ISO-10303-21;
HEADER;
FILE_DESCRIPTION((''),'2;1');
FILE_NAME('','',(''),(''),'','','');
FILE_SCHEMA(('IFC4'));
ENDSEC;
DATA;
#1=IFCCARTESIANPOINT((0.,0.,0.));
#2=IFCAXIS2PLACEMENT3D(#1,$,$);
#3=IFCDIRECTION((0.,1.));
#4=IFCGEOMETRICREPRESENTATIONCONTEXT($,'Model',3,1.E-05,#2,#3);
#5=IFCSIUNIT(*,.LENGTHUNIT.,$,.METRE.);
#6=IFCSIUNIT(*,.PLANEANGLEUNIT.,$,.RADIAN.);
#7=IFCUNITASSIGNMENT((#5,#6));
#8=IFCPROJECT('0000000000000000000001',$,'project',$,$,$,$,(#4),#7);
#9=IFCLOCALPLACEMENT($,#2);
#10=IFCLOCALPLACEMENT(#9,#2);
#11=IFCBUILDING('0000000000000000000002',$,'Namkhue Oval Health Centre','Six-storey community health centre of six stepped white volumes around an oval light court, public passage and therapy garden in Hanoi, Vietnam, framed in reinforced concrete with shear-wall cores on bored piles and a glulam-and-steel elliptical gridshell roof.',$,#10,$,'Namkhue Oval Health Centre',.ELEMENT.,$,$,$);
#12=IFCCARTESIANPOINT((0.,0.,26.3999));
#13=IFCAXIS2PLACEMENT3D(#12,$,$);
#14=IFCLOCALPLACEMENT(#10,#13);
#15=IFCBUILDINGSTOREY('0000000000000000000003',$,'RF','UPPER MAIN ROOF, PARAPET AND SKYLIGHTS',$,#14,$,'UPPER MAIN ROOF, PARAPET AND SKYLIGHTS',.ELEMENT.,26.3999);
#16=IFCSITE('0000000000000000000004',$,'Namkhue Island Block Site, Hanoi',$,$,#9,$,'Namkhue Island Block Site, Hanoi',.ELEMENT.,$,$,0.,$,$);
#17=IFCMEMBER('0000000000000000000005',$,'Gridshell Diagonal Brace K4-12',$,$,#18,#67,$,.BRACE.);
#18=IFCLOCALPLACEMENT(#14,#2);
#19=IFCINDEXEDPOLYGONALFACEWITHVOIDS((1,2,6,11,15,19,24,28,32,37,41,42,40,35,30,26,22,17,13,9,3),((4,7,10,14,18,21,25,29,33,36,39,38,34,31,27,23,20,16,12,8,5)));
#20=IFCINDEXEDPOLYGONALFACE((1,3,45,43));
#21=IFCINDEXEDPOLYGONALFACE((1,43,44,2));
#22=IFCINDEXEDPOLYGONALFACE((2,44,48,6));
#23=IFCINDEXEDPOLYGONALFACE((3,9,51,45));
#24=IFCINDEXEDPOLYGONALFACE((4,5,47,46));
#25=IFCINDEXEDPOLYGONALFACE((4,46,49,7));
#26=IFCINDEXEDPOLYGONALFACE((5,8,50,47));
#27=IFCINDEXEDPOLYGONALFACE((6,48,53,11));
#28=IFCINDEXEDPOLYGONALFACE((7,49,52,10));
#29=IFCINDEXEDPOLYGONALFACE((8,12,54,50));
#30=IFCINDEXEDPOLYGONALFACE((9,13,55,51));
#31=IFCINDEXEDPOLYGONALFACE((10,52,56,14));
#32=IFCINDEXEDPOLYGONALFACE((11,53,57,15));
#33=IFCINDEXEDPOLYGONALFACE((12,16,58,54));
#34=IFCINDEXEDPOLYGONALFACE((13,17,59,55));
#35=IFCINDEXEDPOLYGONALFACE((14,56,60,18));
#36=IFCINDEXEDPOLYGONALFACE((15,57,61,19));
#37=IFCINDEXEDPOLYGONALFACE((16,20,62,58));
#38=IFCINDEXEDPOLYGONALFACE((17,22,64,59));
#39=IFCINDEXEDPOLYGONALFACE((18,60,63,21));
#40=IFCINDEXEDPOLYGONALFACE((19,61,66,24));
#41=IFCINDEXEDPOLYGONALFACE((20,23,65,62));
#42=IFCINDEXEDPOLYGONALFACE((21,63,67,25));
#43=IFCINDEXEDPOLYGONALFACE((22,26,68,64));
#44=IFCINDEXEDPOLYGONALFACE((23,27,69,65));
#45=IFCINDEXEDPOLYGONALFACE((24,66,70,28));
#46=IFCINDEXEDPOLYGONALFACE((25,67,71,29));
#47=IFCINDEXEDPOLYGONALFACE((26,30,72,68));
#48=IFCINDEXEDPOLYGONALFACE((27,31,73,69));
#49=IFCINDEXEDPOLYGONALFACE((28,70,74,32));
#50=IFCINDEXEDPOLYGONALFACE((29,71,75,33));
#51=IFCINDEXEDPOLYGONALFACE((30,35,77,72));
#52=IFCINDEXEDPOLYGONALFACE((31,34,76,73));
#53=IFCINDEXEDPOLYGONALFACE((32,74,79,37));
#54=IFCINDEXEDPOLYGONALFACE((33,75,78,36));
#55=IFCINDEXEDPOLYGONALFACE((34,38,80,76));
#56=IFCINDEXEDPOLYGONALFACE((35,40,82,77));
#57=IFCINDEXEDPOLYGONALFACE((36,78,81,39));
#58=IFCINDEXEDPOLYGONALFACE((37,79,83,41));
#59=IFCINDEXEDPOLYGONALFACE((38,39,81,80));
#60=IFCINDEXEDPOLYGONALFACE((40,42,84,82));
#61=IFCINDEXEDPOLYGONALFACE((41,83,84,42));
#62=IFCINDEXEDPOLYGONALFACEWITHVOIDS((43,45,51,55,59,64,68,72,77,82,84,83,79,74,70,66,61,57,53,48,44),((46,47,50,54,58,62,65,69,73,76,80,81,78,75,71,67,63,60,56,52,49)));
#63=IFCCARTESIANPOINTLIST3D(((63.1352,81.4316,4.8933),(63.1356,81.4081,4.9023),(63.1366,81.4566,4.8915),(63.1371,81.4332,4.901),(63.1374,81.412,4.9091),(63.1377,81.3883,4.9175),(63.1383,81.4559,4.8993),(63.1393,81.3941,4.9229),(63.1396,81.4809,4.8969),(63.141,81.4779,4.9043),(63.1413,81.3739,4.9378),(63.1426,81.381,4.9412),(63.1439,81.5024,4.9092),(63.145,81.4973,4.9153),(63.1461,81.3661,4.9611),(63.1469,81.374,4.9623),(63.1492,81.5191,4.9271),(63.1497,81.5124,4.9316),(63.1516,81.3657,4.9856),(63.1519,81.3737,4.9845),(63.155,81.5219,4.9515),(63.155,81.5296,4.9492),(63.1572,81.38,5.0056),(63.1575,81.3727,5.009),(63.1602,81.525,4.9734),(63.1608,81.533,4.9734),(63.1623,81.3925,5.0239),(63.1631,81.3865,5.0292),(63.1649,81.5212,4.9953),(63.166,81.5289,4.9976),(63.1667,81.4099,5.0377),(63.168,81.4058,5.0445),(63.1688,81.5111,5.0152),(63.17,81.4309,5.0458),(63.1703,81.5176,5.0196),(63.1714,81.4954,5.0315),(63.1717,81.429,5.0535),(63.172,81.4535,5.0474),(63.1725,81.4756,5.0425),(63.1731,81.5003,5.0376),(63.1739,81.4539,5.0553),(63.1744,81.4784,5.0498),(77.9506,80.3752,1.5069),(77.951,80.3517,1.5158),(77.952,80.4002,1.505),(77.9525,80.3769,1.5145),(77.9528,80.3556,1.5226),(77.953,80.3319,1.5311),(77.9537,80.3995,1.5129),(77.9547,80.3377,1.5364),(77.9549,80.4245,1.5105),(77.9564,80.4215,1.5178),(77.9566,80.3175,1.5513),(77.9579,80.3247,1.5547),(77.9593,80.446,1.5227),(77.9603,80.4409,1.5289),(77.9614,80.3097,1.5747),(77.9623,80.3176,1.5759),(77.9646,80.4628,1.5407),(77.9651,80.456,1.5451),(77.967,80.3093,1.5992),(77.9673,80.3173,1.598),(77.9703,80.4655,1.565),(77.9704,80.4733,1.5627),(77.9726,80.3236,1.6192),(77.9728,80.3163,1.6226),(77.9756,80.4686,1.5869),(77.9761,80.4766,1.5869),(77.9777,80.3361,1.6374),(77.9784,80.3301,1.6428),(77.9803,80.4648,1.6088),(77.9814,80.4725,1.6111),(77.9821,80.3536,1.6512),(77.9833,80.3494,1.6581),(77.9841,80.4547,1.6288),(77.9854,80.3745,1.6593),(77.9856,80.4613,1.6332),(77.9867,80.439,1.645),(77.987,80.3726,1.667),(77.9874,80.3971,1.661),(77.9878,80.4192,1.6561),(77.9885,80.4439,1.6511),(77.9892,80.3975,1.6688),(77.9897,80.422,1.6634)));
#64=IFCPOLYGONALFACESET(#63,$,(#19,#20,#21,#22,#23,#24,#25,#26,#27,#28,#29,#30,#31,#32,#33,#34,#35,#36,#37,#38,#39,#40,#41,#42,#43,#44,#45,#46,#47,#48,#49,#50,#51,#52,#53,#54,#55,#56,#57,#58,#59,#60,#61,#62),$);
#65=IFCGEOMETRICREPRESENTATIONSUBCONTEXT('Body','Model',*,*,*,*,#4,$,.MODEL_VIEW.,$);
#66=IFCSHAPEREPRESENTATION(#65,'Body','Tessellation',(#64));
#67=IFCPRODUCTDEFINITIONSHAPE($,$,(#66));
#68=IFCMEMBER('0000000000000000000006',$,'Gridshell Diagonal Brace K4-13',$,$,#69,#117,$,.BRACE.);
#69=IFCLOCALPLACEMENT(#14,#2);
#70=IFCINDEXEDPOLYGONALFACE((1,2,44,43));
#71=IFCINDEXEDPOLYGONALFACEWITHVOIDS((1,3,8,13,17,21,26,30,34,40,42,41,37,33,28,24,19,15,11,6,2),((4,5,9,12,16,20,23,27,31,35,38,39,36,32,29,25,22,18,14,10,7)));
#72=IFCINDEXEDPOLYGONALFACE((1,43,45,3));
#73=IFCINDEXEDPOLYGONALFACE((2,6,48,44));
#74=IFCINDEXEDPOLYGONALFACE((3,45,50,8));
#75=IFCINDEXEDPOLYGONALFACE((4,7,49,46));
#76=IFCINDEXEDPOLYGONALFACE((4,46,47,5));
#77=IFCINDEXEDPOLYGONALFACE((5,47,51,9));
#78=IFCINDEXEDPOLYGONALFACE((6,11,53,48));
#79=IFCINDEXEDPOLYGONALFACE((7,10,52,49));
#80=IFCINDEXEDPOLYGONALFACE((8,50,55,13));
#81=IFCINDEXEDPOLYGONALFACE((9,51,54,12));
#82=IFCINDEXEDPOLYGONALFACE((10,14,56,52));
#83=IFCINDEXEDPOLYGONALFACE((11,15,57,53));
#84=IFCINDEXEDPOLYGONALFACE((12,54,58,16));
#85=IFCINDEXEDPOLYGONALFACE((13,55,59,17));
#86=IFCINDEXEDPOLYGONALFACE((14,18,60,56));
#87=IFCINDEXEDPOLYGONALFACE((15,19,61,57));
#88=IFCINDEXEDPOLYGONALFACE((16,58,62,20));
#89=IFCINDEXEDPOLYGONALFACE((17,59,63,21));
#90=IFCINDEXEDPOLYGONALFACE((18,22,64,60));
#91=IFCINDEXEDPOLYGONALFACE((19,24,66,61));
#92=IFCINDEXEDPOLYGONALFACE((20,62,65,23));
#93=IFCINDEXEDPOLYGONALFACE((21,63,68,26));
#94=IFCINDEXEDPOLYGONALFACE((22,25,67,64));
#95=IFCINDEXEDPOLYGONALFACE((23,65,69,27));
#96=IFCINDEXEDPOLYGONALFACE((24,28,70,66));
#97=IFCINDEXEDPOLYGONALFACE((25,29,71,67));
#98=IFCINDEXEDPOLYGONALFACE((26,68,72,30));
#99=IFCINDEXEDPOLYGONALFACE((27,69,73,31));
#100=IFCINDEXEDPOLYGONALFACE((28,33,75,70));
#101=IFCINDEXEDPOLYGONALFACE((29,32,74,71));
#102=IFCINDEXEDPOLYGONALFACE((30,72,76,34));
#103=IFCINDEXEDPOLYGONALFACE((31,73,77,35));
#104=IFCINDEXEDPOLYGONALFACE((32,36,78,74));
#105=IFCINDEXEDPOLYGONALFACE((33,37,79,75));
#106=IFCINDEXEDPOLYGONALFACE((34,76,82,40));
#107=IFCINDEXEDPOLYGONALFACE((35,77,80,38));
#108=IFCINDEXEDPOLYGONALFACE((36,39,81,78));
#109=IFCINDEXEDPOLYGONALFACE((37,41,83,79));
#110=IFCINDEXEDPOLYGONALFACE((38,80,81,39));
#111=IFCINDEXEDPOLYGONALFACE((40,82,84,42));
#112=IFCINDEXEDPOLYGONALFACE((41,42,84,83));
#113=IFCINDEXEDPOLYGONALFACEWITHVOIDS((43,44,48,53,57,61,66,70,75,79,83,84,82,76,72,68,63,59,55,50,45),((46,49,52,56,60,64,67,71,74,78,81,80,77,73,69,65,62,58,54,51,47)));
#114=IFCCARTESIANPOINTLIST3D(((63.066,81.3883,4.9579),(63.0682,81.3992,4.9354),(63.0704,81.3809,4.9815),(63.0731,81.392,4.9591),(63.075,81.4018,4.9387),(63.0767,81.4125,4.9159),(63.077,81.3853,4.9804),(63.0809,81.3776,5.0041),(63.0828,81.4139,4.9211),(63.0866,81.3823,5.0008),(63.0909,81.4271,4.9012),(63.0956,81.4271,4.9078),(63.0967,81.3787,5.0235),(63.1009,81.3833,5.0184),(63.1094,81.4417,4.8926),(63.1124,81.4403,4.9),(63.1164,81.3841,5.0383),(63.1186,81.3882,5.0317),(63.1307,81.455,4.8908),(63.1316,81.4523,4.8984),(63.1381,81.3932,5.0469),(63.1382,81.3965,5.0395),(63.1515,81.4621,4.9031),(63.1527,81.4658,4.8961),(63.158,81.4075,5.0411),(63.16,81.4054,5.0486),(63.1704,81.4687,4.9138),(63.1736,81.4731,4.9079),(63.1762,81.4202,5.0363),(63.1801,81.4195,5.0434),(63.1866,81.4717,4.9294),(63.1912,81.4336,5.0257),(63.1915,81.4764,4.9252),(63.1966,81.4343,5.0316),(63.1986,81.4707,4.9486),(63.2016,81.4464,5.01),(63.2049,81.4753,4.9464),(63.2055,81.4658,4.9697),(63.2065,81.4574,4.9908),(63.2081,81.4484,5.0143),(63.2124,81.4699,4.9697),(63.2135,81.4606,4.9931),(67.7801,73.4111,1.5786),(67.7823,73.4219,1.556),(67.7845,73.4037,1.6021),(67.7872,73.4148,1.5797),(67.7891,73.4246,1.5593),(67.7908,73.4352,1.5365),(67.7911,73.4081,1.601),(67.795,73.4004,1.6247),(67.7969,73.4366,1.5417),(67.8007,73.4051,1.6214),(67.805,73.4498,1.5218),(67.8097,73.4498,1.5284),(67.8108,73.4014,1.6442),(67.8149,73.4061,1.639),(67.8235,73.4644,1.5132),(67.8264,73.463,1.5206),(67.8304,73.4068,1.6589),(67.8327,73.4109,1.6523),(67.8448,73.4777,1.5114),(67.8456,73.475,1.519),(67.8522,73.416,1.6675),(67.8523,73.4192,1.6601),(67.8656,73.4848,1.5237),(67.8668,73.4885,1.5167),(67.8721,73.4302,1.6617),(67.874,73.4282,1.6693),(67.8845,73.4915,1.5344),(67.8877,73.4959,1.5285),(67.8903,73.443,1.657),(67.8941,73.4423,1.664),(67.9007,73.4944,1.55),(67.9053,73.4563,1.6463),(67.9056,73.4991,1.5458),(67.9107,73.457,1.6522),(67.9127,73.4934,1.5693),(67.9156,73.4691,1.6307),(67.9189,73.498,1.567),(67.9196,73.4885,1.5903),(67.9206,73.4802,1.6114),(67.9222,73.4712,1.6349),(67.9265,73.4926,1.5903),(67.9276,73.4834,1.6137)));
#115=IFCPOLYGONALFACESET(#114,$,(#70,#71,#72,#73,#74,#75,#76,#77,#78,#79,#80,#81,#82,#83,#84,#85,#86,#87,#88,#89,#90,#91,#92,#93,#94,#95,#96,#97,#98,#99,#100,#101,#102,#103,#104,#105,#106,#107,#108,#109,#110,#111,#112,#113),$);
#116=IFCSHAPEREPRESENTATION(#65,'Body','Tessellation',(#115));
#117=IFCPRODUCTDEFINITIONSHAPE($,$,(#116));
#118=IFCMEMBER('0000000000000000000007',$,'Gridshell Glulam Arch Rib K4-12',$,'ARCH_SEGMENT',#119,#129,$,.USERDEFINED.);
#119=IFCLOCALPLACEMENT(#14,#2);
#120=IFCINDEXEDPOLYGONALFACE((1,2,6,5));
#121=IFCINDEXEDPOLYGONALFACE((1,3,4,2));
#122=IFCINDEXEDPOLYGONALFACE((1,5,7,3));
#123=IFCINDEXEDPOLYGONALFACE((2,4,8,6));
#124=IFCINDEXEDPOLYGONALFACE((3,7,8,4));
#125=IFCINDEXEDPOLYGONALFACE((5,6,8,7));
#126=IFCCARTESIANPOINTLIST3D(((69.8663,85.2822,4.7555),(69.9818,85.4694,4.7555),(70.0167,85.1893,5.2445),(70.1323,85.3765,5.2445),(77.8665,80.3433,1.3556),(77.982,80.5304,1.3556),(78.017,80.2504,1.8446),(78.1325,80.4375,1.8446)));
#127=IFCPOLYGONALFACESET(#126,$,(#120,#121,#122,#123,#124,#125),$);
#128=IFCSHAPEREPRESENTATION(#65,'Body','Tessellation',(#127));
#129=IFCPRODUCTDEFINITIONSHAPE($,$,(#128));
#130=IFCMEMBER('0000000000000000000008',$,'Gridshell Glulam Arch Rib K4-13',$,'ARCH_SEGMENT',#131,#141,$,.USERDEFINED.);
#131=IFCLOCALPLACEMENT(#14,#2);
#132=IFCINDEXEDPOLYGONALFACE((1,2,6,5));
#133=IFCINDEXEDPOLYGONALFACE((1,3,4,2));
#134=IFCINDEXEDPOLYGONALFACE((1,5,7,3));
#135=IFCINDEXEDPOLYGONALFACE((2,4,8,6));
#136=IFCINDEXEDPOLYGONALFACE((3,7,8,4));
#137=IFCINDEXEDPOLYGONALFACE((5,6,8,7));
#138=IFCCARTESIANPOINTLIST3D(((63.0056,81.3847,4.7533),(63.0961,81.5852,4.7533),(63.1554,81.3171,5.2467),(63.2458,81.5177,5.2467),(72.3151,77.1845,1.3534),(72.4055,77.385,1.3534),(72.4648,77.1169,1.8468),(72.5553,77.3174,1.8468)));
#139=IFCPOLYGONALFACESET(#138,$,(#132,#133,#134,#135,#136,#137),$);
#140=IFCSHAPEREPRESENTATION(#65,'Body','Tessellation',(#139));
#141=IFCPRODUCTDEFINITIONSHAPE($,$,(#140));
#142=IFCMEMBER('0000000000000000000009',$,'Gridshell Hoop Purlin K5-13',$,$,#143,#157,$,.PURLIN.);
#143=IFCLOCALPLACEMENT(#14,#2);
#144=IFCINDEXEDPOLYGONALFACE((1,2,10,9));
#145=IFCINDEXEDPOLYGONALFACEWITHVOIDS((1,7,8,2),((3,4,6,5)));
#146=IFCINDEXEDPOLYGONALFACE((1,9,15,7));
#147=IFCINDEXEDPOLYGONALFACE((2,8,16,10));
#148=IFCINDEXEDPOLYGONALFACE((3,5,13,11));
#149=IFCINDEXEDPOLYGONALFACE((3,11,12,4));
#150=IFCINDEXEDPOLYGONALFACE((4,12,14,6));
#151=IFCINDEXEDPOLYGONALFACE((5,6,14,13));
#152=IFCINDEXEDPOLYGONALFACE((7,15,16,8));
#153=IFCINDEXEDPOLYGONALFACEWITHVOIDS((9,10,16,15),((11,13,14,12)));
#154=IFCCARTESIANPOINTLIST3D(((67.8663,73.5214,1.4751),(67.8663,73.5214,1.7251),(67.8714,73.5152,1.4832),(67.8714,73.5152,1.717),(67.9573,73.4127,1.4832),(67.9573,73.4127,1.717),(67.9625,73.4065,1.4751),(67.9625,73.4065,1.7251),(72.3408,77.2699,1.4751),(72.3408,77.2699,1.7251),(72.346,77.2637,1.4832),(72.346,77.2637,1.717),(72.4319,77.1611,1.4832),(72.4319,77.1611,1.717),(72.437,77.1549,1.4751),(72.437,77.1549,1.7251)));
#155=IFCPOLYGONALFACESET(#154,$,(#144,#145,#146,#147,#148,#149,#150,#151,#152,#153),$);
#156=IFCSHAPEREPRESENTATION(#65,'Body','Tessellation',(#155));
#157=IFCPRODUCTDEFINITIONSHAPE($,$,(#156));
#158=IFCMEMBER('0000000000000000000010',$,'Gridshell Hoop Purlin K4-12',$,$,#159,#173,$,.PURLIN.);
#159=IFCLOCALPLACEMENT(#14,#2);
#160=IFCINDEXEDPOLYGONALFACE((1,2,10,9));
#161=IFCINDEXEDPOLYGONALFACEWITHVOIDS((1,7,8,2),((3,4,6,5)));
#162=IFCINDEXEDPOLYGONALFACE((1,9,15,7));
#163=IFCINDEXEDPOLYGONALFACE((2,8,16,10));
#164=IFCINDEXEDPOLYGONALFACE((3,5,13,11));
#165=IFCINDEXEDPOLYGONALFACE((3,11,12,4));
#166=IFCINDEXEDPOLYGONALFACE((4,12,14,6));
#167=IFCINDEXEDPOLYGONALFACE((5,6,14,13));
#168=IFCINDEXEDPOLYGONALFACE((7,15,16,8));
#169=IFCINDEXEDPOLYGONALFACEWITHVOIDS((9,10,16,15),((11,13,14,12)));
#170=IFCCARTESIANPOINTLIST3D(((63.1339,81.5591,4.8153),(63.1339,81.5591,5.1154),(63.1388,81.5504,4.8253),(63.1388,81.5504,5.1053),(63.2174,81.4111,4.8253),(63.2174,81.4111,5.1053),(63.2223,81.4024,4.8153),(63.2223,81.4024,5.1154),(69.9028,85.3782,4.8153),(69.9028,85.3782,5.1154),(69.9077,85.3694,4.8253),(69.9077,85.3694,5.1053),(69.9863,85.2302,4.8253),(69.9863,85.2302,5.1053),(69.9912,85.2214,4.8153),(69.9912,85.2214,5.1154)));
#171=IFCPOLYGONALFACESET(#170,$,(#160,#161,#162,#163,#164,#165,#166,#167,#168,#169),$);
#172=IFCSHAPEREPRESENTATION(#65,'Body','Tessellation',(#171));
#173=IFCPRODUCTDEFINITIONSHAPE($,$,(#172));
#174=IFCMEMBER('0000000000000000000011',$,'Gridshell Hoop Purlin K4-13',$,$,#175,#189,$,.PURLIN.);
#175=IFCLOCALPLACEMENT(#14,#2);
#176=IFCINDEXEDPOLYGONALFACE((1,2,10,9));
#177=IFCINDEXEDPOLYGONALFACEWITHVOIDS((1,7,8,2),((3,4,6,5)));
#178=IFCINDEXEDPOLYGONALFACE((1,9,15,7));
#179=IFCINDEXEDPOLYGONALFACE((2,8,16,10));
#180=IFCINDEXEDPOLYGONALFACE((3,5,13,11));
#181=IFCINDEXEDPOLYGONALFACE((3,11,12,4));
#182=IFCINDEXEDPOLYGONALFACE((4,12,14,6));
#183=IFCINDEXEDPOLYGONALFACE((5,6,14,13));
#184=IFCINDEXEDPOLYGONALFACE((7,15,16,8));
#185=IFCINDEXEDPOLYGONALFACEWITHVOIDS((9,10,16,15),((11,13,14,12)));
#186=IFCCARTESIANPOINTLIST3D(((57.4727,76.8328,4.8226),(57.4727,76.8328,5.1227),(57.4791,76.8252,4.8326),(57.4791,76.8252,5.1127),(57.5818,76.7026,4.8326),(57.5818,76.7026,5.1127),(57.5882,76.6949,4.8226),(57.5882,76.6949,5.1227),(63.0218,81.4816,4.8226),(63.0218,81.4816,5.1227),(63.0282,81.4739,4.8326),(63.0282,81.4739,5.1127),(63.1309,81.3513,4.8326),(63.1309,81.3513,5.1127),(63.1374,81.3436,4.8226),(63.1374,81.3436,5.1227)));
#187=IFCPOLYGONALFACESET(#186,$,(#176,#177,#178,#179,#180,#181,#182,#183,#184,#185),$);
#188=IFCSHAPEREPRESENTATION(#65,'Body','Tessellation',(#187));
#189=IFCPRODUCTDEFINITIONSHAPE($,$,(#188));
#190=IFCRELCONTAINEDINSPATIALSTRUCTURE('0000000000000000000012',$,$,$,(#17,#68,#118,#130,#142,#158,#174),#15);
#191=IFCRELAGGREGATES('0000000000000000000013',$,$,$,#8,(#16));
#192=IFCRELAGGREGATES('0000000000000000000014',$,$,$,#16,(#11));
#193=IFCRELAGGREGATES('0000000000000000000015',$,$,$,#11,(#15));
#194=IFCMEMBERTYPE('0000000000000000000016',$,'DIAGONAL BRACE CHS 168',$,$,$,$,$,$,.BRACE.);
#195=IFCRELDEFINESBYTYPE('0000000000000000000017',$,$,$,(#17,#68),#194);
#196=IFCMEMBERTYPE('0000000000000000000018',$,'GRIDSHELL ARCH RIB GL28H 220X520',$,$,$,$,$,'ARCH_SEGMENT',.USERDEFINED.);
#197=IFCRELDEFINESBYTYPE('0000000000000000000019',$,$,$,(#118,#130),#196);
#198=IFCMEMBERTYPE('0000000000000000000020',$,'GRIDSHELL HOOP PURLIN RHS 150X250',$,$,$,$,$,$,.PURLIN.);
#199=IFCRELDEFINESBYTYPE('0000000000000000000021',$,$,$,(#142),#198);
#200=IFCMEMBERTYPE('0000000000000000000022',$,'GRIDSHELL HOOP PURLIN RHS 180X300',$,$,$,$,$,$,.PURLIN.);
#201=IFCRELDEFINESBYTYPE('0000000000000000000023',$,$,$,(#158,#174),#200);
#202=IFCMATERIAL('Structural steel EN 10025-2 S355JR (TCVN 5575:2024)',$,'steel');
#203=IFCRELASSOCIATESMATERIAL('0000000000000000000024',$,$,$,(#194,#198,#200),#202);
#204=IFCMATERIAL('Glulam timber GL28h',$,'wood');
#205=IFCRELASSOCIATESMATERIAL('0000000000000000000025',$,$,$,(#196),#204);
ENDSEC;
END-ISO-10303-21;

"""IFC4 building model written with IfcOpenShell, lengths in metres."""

from ifc_helpers import new_model, si_unit, direction, frame, origin, origin_2d, place, context, subcontext, project, spatial, rectangle, hollow_rectangle, hollow_circle, extrude, material, material_profile, profile_set, type_object, element, save


model = new_model("IFC4")

# Units and contexts
model_context = context("Model", 3, precision=1e-05, world=origin(), true_north=direction((0.0, 1.0)))
body_context = subcontext(model_context, "Body", "Model", "MODEL_VIEW")
ifc_project = project(units=[si_unit("LENGTHUNIT", "METRE"), si_unit("PLANEANGLEUNIT", "RADIAN")], contexts=[model_context])

# Site, building, storey
site_placement = place(None, origin())
site = spatial("IfcSite", under=ifc_project, at=site_placement, Name="Namkhue Island Block Site, Hanoi", LongName="Namkhue Island Block Site, Hanoi", CompositionType="ELEMENT", RefElevation=0.0)
building_placement = place(site_placement, origin())
building = spatial("IfcBuilding", under=site, at=building_placement, Name="Namkhue Oval Health Centre", Description="Six-storey community health centre of six stepped white volumes around an oval light court, public passage and therapy garden in Hanoi, Vietnam, framed in reinforced concrete with shear-wall cores on bored piles and a glulam-and-steel elliptical gridshell roof.", LongName="Namkhue Oval Health Centre", CompositionType="ELEMENT")
storey_placement = place(building_placement, frame((0.0, 0.0, 26.3999)))
storey = spatial("IfcBuildingStorey", under=building, at=storey_placement, Name="RF", Description="UPPER MAIN ROOF, PARAPET AND SKYLIGHTS", LongName="UPPER MAIN ROOF, PARAPET AND SKYLIGHTS", CompositionType="ELEMENT", Elevation=26.3999)

# Members
ifc_material_1 = material(Name="Structural steel EN 10025-2 S355JR (TCVN 5575:2024)", Category="steel")
ifc_material_profile_1 = material_profile(ifc_material_1, hollow_circle(Radius=0.0842, WallThickness=0.0081, at=origin_2d()), Name="CHS 168.3x8")
ifc_profile_set_1 = profile_set([ifc_material_profile_1], Name="Structural steel EN 10025-2 S355JR (TCVN 5575:2024)")
member_type_1 = type_object("IfcMemberType", Name="DIAGONAL BRACE CHS 168", PredefinedType="BRACE", material=ifc_profile_set_1)
member_1_placement = place(storey_placement, frame((63.1548, 81.449, 4.9734), z_axis=(0.972511, -0.069344, -0.222294), x_axis=(0.071123, 0.997468, 0.0)))
element("IfcMember", 1, at=member_1_placement, inside=storey, type_object=member_type_1, Name="Gridshell Diagonal Brace K4-12", PredefinedType="BRACE", context=body_context, shape_type="SweptSolid", body=[
    extrude(hollow_circle(Radius=0.0842, WallThickness=0.0081, at=origin_2d()), origin(), (0.0, 0.0, 1.0), 15.2341),
])
member_2_placement = place(storey_placement, frame((63.1399, 81.427, 4.9697), z_axis=(0.477955, -0.808803, -0.342631), x_axis=(0.860914, 0.50875, 0.0)))
element("IfcMember", 2, at=member_2_placement, inside=storey, type_object=member_type_1, Name="Gridshell Diagonal Brace K4-13", PredefinedType="BRACE", context=body_context, shape_type="SweptSolid", body=[
    extrude(hollow_circle(Radius=0.0842, WallThickness=0.0081, at=origin_2d()), origin(), (0.0, 0.0, 1.0), 9.863),
])
ifc_material_2 = material(Name="Glulam timber GL28h", Category="wood")
ifc_material_profile_2 = material_profile(ifc_material_2, rectangle(XDim=0.22, YDim=0.52, at=origin_2d()), Name="GL28h 220x520")
ifc_profile_set_2 = profile_set([ifc_material_profile_2], Name="Glulam timber GL28h")
member_type_2 = type_object("IfcMemberType", Name="GRIDSHELL ARCH RIB GL28H 220X520", ElementType="ARCH_SEGMENT", PredefinedType="USERDEFINED", material=ifc_profile_set_2)
member_3_placement = place(storey_placement, frame((69.9993, 85.3293, 5.0), z_axis=(0.800198, -0.494004, -0.340064), x_axis=(0.525311, 0.85091, 0.0)))
element("IfcMember", 3, at=member_3_placement, inside=storey, type_object=member_type_2, Name="Gridshell Glulam Arch Rib K4-12", ObjectType="ARCH_SEGMENT", PredefinedType="USERDEFINED", context=body_context, shape_type="SweptSolid", body=[
    extrude(rectangle(XDim=0.22, YDim=0.52, at=origin_2d()), origin(), (0.0, 0.0, 1.0), 9.9978),
])
member_4_placement = place(storey_placement, frame((63.1257, 81.4512, 5.0), z_axis=(0.864854, -0.390206, -0.315857), x_axis=(0.41126, 0.911518, 0.0)))
element("IfcMember", 4, at=member_4_placement, inside=storey, type_object=member_type_2, Name="Gridshell Glulam Arch Rib K4-13", ObjectType="ARCH_SEGMENT", PredefinedType="USERDEFINED", context=body_context, shape_type="SweptSolid", body=[
    extrude(rectangle(XDim=0.22, YDim=0.52, at=origin_2d()), origin(), (0.0, 0.0, 1.0), 10.7642),
])
ifc_material_profile_3 = material_profile(ifc_material_1, hollow_rectangle(XDim=0.1499, YDim=0.25, WallThickness=0.0081, at=origin_2d()), Name="RHS 150x250x8")
ifc_profile_set_3 = profile_set([ifc_material_profile_3], Name="Structural steel EN 10025-2 S355JR (TCVN 5575:2024)")
member_type_3 = type_object("IfcMemberType", Name="GRIDSHELL HOOP PURLIN RHS 150X250", PredefinedType="PURLIN", material=ifc_profile_set_3)
member_5_placement = place(storey_placement, frame((72.3889, 77.2124, 1.6001), z_axis=(-0.766559, -0.642173, 0.0), x_axis=(0.642173, -0.766559, 0.0)))
element("IfcMember", 5, at=member_5_placement, inside=storey, type_object=member_type_3, Name="Gridshell Hoop Purlin K5-13", PredefinedType="PURLIN", context=body_context, shape_type="SweptSolid", body=[
    extrude(hollow_rectangle(XDim=0.1499, YDim=0.25, WallThickness=0.0081, at=origin_2d()), origin(), (0.0, 0.0, 1.0), 5.8372),
])
ifc_material_profile_4 = material_profile(ifc_material_1, hollow_rectangle(XDim=0.1799, YDim=0.3, WallThickness=0.01, at=origin_2d()), Name="RHS 180x300x10")
ifc_profile_set_4 = profile_set([ifc_material_profile_4], Name="Structural steel EN 10025-2 S355JR (TCVN 5575:2024)")
member_type_4 = type_object("IfcMemberType", Name="GRIDSHELL HOOP PURLIN RHS 180X300", PredefinedType="PURLIN", material=ifc_profile_set_4)
member_6_placement = place(storey_placement, frame((69.947, 85.2998, 4.9653), z_axis=(-0.870942, -0.491385, 0.0), x_axis=(0.491385, -0.870942, 0.0)))
element("IfcMember", 6, at=member_6_placement, inside=storey, type_object=member_type_4, Name="Gridshell Hoop Purlin K4-12", PredefinedType="PURLIN", context=body_context, shape_type="SweptSolid", body=[
    extrude(hollow_rectangle(XDim=0.1799, YDim=0.3, WallThickness=0.01, at=origin_2d()), origin(), (0.0, 0.0, 1.0), 7.772),
])
member_7_placement = place(storey_placement, frame((63.0796, 81.4126, 4.9727), z_axis=(-0.766557, -0.642176, 0.0), x_axis=(0.642176, -0.766557, 0.0)))
element("IfcMember", 7, at=member_7_placement, inside=storey, type_object=member_type_4, Name="Gridshell Hoop Purlin K4-13", PredefinedType="PURLIN", context=body_context, shape_type="SweptSolid", body=[
    extrude(hollow_rectangle(XDim=0.1799, YDim=0.3, WallThickness=0.01, at=origin_2d()), origin(), (0.0, 0.0, 1.0), 7.239),
])

save(model, "model.ifc")
